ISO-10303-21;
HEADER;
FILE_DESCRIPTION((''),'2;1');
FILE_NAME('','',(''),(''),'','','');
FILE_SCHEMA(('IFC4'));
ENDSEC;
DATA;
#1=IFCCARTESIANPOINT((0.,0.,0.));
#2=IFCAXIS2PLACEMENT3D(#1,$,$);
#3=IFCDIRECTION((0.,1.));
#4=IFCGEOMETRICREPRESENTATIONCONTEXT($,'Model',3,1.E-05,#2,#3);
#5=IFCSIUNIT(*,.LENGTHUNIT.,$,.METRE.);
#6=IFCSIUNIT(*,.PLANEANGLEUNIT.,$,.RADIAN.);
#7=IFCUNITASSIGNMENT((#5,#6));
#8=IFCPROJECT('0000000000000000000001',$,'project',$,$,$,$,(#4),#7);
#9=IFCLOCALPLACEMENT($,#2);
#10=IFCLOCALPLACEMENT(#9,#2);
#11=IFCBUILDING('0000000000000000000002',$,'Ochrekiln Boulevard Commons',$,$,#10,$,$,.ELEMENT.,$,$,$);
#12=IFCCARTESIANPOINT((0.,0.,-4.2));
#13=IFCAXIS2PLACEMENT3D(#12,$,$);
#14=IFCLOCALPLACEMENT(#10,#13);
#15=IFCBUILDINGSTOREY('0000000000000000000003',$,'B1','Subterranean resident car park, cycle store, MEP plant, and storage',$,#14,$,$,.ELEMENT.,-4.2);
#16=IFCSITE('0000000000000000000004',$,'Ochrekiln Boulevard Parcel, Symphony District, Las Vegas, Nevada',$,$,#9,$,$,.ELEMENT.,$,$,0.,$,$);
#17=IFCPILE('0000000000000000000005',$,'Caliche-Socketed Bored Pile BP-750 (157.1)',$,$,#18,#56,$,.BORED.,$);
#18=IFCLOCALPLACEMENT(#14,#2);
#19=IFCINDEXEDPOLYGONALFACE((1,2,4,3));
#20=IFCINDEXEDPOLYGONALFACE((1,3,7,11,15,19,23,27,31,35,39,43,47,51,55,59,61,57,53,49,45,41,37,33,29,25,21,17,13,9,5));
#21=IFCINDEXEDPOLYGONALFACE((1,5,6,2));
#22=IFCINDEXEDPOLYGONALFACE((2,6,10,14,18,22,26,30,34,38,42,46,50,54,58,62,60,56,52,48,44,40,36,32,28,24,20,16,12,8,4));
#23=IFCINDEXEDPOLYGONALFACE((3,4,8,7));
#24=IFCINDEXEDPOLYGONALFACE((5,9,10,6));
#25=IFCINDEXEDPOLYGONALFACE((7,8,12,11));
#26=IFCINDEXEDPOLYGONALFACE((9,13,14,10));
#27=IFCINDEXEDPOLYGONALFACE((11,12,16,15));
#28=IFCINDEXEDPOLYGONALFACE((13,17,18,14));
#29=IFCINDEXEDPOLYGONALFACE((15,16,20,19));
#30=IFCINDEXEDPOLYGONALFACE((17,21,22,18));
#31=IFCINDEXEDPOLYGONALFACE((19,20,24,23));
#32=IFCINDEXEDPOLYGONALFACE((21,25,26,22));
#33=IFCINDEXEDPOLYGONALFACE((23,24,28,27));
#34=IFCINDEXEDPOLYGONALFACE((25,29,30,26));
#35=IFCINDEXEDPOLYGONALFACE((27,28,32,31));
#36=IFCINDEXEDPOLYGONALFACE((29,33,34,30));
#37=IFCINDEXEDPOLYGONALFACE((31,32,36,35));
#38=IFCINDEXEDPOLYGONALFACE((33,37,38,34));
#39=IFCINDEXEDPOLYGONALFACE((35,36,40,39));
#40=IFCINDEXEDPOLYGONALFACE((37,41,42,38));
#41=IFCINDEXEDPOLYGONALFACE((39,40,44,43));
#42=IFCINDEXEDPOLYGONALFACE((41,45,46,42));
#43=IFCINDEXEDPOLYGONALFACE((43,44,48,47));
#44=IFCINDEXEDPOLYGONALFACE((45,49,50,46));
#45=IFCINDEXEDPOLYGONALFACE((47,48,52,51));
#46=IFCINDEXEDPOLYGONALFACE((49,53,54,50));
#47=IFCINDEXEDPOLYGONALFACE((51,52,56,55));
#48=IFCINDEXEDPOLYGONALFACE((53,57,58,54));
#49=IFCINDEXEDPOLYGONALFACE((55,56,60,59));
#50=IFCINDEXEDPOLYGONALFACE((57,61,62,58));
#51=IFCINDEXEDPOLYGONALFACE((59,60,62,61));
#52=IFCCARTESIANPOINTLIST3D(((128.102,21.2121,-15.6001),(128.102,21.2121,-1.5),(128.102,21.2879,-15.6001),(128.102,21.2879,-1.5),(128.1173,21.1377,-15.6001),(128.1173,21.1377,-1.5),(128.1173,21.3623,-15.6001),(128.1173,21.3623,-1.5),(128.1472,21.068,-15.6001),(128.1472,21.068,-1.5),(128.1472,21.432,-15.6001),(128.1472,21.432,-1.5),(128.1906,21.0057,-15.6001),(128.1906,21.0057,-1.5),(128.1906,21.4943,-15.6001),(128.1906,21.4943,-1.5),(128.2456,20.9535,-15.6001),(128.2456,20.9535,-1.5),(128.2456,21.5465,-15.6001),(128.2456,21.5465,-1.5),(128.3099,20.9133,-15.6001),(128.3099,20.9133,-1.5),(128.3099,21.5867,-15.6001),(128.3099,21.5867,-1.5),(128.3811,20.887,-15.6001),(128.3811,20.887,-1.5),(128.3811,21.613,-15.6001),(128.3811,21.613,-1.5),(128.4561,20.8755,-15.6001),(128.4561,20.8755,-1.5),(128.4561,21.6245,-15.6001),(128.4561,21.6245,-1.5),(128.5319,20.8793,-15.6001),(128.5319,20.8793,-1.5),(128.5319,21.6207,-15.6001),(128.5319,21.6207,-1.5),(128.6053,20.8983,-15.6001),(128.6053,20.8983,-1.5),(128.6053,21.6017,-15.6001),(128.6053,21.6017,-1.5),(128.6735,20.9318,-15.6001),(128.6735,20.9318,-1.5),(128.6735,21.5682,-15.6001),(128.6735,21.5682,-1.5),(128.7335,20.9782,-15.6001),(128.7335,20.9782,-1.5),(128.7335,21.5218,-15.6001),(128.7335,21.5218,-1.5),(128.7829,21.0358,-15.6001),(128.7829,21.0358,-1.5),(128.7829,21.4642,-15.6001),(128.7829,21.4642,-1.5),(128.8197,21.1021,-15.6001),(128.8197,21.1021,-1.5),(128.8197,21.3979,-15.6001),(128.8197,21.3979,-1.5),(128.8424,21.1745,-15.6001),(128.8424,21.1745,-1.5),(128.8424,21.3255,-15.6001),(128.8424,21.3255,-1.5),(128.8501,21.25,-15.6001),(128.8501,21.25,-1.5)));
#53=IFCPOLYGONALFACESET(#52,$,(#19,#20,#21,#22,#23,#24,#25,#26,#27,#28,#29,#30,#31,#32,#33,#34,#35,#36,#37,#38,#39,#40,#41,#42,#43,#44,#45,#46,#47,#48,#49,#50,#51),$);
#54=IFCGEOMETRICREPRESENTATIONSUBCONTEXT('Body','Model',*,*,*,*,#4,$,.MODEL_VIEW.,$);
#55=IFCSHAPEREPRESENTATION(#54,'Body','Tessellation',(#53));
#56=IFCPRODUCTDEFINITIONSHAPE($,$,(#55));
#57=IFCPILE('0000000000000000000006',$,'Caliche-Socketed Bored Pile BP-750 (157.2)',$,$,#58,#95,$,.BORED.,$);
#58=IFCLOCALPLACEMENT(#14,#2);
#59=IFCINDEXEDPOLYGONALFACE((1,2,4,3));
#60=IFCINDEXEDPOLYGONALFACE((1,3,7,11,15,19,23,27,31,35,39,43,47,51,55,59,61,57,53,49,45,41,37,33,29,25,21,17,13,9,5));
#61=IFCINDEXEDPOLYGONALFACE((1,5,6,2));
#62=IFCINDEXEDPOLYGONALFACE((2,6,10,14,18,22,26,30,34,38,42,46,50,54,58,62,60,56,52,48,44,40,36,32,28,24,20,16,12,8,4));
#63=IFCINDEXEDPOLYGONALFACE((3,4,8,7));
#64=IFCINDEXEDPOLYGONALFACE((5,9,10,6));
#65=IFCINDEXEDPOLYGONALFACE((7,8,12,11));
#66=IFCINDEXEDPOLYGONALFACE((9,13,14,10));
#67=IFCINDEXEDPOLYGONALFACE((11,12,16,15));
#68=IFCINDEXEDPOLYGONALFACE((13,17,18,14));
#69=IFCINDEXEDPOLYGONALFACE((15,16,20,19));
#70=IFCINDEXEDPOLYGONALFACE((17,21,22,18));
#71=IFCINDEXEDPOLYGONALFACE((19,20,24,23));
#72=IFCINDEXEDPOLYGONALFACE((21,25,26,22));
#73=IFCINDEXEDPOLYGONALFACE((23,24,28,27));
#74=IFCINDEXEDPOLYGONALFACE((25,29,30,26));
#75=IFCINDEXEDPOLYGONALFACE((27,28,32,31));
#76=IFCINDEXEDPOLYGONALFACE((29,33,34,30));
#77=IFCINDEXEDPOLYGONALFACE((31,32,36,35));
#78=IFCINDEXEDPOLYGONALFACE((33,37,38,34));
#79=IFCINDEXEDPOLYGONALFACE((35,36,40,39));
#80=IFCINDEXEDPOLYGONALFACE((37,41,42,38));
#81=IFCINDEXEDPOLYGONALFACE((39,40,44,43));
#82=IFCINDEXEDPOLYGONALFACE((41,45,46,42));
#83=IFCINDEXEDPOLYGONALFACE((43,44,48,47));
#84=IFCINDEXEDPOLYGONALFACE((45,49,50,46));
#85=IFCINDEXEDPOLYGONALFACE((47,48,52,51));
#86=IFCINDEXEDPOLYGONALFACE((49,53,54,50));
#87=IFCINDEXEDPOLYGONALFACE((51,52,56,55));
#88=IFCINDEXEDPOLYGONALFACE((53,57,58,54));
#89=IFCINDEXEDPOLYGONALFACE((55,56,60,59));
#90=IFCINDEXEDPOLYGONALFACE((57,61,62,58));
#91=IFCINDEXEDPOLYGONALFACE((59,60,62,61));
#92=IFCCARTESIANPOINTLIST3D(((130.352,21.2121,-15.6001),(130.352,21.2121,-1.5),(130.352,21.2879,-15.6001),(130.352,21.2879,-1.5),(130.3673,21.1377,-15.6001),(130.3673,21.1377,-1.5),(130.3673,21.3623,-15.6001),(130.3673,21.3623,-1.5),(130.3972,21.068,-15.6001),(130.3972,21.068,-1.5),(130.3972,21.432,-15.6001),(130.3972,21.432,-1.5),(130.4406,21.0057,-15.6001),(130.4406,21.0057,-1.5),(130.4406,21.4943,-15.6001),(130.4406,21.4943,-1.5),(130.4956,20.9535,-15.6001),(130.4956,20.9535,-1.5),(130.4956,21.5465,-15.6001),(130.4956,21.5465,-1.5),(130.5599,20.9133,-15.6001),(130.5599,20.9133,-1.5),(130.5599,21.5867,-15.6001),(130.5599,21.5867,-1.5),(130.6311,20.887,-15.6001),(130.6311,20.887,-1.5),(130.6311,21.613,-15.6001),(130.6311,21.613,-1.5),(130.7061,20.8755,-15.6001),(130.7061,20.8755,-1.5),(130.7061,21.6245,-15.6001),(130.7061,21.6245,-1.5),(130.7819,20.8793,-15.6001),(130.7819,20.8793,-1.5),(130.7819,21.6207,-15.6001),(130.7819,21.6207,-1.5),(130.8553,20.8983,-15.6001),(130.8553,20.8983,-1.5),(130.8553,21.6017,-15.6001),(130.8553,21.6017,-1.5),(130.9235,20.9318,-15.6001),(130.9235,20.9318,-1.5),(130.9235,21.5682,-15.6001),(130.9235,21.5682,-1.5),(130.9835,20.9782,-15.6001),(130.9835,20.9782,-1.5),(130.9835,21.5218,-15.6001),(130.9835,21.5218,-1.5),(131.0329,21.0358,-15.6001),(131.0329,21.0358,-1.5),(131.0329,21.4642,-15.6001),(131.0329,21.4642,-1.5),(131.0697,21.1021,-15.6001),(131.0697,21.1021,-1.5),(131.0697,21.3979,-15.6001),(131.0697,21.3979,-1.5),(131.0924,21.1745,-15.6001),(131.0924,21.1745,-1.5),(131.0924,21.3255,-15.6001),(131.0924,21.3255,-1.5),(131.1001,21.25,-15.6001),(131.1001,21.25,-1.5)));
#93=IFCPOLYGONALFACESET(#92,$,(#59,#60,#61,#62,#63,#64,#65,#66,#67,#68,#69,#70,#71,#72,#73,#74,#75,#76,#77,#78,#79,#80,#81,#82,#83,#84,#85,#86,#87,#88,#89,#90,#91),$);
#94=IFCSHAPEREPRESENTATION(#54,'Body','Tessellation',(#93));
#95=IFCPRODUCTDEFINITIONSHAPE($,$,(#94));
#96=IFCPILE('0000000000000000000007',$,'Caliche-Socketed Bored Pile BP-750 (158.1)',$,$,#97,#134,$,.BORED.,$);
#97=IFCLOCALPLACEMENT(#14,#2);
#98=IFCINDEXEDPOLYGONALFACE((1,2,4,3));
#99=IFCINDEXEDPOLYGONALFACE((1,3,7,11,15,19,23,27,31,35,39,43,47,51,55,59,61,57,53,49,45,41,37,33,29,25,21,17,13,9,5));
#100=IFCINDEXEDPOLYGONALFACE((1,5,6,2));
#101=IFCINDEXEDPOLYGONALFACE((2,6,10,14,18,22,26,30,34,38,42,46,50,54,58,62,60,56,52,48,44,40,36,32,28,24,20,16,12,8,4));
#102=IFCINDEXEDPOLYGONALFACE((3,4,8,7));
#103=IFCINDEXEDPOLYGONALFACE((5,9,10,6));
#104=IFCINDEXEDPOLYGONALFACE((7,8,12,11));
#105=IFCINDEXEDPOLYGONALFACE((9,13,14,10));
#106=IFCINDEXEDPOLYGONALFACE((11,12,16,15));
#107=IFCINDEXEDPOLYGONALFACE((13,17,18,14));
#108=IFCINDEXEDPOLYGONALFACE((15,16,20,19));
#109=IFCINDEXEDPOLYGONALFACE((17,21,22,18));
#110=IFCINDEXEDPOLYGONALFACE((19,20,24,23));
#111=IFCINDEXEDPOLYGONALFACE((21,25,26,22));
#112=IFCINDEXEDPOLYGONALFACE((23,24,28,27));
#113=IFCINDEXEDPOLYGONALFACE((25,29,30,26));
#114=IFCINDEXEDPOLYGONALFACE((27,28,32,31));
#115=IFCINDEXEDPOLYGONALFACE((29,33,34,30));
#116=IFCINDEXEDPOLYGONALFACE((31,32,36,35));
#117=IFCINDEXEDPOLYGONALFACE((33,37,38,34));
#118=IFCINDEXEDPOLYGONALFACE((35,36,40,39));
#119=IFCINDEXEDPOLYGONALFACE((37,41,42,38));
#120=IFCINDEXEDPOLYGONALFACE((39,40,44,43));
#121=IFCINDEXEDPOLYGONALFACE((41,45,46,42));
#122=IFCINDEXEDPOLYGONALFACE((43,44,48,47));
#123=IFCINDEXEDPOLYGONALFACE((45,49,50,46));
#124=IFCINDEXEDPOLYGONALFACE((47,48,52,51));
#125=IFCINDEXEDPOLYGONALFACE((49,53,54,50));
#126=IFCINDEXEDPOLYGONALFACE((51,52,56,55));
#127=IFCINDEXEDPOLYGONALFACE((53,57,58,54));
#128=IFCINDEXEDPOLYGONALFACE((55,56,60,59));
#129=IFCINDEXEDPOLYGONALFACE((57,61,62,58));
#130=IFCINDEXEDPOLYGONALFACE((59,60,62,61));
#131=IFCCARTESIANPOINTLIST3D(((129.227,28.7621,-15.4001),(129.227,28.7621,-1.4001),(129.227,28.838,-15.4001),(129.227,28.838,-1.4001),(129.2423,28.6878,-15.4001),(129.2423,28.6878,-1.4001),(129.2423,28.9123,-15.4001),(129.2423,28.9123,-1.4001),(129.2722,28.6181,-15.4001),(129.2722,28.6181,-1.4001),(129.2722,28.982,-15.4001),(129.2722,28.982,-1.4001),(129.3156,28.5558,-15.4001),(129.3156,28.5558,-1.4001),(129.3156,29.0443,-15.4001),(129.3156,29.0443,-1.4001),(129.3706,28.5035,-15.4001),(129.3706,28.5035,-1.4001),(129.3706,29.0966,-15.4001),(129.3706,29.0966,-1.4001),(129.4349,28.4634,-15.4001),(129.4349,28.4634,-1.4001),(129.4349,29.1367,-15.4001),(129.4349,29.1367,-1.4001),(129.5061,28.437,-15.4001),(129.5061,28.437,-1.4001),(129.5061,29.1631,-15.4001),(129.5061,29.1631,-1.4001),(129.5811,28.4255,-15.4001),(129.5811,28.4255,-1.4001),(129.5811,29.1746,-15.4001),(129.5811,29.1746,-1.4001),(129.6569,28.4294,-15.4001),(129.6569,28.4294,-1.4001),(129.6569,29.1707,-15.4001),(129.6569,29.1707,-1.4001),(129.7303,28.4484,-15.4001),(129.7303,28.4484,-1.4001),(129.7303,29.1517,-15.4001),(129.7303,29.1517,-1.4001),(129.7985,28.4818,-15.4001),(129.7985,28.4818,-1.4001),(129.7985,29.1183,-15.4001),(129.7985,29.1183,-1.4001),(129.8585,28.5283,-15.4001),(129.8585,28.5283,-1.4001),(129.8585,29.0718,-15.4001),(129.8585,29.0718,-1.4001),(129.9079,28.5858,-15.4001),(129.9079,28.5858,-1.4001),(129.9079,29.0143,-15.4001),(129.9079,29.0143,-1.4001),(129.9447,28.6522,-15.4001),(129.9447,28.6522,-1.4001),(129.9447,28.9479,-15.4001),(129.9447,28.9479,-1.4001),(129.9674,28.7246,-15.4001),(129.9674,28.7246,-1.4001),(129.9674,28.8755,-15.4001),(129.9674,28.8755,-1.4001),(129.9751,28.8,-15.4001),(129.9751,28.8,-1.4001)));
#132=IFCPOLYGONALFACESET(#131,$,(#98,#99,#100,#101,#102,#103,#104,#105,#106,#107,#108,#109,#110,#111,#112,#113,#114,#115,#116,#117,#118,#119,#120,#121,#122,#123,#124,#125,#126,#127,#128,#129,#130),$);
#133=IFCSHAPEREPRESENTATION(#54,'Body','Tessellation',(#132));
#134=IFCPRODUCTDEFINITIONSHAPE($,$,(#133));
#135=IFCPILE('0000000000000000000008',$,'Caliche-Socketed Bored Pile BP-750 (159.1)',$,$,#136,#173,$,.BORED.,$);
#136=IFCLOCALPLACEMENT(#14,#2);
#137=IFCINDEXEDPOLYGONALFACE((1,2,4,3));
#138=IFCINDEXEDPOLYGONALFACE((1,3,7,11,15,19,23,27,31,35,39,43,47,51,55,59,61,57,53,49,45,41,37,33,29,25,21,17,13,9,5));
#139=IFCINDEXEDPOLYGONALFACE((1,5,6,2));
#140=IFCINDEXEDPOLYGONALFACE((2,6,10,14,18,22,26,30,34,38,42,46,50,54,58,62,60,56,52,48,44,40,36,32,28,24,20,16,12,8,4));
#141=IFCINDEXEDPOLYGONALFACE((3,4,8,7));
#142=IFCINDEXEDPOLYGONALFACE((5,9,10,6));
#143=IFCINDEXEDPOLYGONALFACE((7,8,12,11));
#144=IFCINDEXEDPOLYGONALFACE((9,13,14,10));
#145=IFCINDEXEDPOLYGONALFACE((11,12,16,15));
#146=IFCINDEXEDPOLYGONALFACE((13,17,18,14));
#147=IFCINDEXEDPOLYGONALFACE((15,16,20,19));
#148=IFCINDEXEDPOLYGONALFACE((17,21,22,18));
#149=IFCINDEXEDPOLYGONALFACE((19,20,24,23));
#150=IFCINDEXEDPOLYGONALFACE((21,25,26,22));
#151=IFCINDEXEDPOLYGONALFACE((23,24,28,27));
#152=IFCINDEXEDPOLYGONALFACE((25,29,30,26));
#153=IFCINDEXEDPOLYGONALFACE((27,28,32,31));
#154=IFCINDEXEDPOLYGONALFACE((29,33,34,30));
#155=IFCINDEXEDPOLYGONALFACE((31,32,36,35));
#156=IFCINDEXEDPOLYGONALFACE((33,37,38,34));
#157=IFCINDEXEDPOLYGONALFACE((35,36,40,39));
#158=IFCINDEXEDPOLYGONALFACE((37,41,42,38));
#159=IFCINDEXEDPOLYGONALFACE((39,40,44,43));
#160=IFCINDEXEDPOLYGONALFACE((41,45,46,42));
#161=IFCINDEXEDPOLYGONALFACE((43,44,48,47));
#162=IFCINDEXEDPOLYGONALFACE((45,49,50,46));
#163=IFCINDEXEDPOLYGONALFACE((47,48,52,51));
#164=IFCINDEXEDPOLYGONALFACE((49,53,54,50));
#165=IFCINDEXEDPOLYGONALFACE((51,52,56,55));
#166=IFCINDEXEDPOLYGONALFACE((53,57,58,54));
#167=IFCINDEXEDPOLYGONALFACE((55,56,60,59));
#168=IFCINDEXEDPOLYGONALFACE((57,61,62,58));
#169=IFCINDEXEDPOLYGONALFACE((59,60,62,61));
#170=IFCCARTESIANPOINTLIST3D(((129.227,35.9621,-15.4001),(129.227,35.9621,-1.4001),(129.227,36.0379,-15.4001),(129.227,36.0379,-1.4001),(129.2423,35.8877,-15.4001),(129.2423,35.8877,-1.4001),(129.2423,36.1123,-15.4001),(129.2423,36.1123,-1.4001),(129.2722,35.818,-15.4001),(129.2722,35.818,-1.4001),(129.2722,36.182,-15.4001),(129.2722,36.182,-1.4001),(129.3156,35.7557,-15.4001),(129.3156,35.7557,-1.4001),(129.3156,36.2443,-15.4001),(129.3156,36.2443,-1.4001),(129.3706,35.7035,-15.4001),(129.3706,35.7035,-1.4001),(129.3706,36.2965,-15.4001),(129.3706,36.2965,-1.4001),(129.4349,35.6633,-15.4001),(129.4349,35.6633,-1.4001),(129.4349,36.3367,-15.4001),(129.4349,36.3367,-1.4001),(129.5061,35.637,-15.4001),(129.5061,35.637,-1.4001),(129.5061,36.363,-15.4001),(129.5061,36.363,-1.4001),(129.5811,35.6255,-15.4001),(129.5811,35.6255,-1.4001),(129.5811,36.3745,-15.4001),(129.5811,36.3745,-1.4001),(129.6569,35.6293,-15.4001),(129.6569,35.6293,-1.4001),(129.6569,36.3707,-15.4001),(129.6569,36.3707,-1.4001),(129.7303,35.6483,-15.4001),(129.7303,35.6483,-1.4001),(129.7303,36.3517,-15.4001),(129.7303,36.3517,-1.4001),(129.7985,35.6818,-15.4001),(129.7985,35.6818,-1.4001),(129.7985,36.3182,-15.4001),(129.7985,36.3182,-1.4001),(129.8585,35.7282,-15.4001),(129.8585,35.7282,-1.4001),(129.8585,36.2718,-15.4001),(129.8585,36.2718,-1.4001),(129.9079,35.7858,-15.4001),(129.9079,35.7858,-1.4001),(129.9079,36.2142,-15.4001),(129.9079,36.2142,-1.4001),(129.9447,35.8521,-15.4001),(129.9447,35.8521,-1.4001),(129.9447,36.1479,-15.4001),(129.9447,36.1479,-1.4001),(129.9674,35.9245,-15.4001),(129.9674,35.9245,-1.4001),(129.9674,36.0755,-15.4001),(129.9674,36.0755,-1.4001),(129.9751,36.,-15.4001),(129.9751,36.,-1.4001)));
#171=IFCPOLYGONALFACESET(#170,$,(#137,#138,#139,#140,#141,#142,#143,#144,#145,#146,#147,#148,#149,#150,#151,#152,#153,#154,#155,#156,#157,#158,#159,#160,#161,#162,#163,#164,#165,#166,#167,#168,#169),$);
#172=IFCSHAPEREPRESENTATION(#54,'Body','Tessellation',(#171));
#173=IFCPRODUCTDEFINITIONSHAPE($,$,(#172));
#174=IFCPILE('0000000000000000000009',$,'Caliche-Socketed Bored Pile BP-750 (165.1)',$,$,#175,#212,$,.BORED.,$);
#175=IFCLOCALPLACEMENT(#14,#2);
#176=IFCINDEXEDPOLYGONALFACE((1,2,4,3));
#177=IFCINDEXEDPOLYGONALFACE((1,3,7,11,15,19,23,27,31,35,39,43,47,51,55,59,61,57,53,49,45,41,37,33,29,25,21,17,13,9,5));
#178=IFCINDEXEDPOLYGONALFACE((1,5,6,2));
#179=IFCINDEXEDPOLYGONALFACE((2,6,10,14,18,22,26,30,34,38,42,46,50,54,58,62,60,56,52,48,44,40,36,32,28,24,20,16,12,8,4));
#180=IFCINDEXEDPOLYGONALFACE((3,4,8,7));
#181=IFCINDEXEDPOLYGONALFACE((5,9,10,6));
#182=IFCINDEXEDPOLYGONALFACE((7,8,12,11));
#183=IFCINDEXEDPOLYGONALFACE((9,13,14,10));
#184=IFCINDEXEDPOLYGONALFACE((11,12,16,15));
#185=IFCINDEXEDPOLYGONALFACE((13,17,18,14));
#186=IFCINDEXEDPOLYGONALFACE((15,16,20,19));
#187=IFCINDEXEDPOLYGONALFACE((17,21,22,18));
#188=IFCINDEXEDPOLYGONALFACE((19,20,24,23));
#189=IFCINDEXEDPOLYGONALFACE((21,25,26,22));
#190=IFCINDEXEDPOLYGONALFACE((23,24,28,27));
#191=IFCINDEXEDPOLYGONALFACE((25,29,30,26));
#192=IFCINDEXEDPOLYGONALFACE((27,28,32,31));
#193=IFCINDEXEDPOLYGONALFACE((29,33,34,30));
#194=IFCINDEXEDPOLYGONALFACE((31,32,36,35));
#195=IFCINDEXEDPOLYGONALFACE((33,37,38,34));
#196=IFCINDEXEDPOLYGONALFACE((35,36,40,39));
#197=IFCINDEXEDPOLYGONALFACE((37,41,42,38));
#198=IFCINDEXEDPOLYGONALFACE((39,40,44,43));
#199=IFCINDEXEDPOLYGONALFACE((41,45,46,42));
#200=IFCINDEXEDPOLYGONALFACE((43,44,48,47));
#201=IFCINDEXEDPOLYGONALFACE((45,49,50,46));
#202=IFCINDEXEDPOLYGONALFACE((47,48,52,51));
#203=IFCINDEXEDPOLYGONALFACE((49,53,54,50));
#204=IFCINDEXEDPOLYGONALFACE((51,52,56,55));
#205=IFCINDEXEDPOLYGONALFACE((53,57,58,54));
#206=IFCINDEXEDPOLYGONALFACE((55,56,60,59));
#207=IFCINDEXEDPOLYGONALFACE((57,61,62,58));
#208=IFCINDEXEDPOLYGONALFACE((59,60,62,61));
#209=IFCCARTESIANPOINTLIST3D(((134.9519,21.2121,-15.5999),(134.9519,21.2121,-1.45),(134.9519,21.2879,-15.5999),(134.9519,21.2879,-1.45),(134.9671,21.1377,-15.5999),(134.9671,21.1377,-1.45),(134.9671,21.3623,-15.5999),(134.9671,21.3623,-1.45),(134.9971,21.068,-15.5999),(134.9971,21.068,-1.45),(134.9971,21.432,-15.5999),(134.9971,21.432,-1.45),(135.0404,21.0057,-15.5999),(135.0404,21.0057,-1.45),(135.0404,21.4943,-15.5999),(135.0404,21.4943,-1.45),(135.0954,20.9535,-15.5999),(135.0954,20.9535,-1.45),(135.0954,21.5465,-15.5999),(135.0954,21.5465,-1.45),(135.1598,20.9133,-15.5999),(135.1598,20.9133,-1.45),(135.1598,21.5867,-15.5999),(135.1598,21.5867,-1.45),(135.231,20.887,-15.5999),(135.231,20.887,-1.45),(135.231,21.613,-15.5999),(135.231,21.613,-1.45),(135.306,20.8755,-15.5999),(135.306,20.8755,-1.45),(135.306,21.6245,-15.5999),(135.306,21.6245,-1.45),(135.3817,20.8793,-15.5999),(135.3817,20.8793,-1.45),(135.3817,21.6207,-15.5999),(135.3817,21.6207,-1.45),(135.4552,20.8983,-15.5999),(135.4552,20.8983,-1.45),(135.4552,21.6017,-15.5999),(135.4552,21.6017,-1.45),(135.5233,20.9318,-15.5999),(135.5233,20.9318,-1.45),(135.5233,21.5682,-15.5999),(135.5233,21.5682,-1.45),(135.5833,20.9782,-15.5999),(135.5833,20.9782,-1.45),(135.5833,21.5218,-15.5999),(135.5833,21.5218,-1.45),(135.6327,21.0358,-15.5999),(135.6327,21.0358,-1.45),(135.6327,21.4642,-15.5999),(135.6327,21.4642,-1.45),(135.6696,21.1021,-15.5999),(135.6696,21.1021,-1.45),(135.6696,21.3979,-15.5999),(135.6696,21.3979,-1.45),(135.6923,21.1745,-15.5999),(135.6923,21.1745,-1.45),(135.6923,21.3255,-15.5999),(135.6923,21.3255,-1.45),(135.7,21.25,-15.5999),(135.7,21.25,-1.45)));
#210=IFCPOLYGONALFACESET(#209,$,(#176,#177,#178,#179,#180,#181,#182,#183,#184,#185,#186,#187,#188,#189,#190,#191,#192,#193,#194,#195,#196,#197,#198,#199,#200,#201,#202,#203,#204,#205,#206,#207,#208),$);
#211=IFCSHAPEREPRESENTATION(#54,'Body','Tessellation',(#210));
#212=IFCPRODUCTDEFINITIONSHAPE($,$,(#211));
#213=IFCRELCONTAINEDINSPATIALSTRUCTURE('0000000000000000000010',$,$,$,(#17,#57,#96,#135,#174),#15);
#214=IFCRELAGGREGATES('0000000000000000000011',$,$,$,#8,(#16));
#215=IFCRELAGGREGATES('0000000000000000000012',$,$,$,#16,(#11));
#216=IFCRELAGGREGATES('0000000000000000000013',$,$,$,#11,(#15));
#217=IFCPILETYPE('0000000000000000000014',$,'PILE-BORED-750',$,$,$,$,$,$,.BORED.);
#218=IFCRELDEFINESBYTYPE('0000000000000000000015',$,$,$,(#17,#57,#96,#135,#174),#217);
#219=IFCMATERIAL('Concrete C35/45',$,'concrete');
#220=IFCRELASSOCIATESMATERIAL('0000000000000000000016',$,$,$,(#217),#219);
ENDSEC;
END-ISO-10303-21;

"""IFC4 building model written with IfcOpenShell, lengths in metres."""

from ifc_helpers import new_model, si_unit, direction, frame, origin, origin_2d, place, context, subcontext, project, spatial, circle, extrude, material, material_profile, profile_set, type_object, element, save


model = new_model("IFC4")

# Units and contexts
model_context = context("Model", 3, precision=1e-05, world=origin(), true_north=direction((0.0, 1.0)))
body_context = subcontext(model_context, "Body", "Model", "MODEL_VIEW")
ifc_project = project(units=[si_unit("LENGTHUNIT", "METRE"), si_unit("PLANEANGLEUNIT", "RADIAN")], contexts=[model_context])

# Site, building, storey
site_placement = place(None, origin())
site = spatial("IfcSite", under=ifc_project, at=site_placement, Name="Ochrekiln Boulevard Parcel, Symphony District, Las Vegas, Nevada", CompositionType="ELEMENT", RefElevation=0.0)
building_placement = place(site_placement, origin())
building = spatial("IfcBuilding", under=site, at=building_placement, Name="Ochrekiln Boulevard Commons", CompositionType="ELEMENT")
storey_placement = place(building_placement, frame((0.0, 0.0, -4.2)))
storey = spatial("IfcBuildingStorey", under=building, at=storey_placement, Name="B1", Description="Subterranean resident car park, cycle store, MEP plant, and storage", CompositionType="ELEMENT", Elevation=-4.2)

# Shared definitions
ifc_material_1 = material(Name="Concrete C35/45", Category="concrete")

# Piles
ifc_material_profile_1 = material_profile(ifc_material_1, circle(Radius=0.375, at=origin_2d()), Name="PILE-D750")
ifc_profile_set_1 = profile_set([ifc_material_profile_1], Name="Concrete C35/45")
pile_type = type_object("IfcPileType", Name="PILE-BORED-750", PredefinedType="BORED", material=ifc_profile_set_1)
for number, where, z_axis, x_axis, name in (
    (1, (128.4751, 21.25, -1.5), (0.0, 0.0, -1.0), (1.0, 0.0, 0.0), "Caliche-Socketed Bored Pile BP-750 (157.1)"),
    (2, (130.7251, 21.25, -1.5), (0.0, 0.0, -1.0), (1.0, 0.0, 0.0), "Caliche-Socketed Bored Pile BP-750 (157.2)"),
):
    element("IfcPile", number, at=place(storey_placement, frame(where, z_axis=z_axis, x_axis=x_axis)), inside=storey, type_object=pile_type, Name=name, PredefinedType="BORED", context=body_context, shape_type="SweptSolid", body=[
        extrude(circle(Radius=0.375, at=origin_2d()), origin(), (0.0, 0.0, 1.0), 14.1001),
    ])
for number, where, z_axis, x_axis, name in (
    (3, (129.6001, 28.8, -1.4001), (0.0, 0.0, -1.0), (1.0, 0.0, 0.0), "Caliche-Socketed Bored Pile BP-750 (158.1)"),
    (4, (129.6001, 36.0, -1.4001), (0.0, 0.0, -1.0), (1.0, 0.0, 0.0), "Caliche-Socketed Bored Pile BP-750 (159.1)"),
):
    element("IfcPile", number, at=place(storey_placement, frame(where, z_axis=z_axis, x_axis=x_axis)), inside=storey, type_object=pile_type, Name=name, PredefinedType="BORED", context=body_context, shape_type="SweptSolid", body=[
        extrude(circle(Radius=0.375, at=origin_2d()), origin(), (0.0, 0.0, 1.0), 14.0),
    ])
for number, where, z_axis, x_axis, name in (
    (5, (135.325, 21.25, -1.45), (0.0, 0.0, -1.0), (1.0, 0.0, 0.0), "Caliche-Socketed Bored Pile BP-750 (165.1)"),
):
    element("IfcPile", number, at=place(storey_placement, frame(where, z_axis=z_axis, x_axis=x_axis)), inside=storey, type_object=pile_type, Name=name, PredefinedType="BORED", context=body_context, shape_type="SweptSolid", body=[
        extrude(circle(Radius=0.375, at=origin_2d()), origin(), (0.0, 0.0, 1.0), 14.1499),
    ])

save(model, "model.ifc")
